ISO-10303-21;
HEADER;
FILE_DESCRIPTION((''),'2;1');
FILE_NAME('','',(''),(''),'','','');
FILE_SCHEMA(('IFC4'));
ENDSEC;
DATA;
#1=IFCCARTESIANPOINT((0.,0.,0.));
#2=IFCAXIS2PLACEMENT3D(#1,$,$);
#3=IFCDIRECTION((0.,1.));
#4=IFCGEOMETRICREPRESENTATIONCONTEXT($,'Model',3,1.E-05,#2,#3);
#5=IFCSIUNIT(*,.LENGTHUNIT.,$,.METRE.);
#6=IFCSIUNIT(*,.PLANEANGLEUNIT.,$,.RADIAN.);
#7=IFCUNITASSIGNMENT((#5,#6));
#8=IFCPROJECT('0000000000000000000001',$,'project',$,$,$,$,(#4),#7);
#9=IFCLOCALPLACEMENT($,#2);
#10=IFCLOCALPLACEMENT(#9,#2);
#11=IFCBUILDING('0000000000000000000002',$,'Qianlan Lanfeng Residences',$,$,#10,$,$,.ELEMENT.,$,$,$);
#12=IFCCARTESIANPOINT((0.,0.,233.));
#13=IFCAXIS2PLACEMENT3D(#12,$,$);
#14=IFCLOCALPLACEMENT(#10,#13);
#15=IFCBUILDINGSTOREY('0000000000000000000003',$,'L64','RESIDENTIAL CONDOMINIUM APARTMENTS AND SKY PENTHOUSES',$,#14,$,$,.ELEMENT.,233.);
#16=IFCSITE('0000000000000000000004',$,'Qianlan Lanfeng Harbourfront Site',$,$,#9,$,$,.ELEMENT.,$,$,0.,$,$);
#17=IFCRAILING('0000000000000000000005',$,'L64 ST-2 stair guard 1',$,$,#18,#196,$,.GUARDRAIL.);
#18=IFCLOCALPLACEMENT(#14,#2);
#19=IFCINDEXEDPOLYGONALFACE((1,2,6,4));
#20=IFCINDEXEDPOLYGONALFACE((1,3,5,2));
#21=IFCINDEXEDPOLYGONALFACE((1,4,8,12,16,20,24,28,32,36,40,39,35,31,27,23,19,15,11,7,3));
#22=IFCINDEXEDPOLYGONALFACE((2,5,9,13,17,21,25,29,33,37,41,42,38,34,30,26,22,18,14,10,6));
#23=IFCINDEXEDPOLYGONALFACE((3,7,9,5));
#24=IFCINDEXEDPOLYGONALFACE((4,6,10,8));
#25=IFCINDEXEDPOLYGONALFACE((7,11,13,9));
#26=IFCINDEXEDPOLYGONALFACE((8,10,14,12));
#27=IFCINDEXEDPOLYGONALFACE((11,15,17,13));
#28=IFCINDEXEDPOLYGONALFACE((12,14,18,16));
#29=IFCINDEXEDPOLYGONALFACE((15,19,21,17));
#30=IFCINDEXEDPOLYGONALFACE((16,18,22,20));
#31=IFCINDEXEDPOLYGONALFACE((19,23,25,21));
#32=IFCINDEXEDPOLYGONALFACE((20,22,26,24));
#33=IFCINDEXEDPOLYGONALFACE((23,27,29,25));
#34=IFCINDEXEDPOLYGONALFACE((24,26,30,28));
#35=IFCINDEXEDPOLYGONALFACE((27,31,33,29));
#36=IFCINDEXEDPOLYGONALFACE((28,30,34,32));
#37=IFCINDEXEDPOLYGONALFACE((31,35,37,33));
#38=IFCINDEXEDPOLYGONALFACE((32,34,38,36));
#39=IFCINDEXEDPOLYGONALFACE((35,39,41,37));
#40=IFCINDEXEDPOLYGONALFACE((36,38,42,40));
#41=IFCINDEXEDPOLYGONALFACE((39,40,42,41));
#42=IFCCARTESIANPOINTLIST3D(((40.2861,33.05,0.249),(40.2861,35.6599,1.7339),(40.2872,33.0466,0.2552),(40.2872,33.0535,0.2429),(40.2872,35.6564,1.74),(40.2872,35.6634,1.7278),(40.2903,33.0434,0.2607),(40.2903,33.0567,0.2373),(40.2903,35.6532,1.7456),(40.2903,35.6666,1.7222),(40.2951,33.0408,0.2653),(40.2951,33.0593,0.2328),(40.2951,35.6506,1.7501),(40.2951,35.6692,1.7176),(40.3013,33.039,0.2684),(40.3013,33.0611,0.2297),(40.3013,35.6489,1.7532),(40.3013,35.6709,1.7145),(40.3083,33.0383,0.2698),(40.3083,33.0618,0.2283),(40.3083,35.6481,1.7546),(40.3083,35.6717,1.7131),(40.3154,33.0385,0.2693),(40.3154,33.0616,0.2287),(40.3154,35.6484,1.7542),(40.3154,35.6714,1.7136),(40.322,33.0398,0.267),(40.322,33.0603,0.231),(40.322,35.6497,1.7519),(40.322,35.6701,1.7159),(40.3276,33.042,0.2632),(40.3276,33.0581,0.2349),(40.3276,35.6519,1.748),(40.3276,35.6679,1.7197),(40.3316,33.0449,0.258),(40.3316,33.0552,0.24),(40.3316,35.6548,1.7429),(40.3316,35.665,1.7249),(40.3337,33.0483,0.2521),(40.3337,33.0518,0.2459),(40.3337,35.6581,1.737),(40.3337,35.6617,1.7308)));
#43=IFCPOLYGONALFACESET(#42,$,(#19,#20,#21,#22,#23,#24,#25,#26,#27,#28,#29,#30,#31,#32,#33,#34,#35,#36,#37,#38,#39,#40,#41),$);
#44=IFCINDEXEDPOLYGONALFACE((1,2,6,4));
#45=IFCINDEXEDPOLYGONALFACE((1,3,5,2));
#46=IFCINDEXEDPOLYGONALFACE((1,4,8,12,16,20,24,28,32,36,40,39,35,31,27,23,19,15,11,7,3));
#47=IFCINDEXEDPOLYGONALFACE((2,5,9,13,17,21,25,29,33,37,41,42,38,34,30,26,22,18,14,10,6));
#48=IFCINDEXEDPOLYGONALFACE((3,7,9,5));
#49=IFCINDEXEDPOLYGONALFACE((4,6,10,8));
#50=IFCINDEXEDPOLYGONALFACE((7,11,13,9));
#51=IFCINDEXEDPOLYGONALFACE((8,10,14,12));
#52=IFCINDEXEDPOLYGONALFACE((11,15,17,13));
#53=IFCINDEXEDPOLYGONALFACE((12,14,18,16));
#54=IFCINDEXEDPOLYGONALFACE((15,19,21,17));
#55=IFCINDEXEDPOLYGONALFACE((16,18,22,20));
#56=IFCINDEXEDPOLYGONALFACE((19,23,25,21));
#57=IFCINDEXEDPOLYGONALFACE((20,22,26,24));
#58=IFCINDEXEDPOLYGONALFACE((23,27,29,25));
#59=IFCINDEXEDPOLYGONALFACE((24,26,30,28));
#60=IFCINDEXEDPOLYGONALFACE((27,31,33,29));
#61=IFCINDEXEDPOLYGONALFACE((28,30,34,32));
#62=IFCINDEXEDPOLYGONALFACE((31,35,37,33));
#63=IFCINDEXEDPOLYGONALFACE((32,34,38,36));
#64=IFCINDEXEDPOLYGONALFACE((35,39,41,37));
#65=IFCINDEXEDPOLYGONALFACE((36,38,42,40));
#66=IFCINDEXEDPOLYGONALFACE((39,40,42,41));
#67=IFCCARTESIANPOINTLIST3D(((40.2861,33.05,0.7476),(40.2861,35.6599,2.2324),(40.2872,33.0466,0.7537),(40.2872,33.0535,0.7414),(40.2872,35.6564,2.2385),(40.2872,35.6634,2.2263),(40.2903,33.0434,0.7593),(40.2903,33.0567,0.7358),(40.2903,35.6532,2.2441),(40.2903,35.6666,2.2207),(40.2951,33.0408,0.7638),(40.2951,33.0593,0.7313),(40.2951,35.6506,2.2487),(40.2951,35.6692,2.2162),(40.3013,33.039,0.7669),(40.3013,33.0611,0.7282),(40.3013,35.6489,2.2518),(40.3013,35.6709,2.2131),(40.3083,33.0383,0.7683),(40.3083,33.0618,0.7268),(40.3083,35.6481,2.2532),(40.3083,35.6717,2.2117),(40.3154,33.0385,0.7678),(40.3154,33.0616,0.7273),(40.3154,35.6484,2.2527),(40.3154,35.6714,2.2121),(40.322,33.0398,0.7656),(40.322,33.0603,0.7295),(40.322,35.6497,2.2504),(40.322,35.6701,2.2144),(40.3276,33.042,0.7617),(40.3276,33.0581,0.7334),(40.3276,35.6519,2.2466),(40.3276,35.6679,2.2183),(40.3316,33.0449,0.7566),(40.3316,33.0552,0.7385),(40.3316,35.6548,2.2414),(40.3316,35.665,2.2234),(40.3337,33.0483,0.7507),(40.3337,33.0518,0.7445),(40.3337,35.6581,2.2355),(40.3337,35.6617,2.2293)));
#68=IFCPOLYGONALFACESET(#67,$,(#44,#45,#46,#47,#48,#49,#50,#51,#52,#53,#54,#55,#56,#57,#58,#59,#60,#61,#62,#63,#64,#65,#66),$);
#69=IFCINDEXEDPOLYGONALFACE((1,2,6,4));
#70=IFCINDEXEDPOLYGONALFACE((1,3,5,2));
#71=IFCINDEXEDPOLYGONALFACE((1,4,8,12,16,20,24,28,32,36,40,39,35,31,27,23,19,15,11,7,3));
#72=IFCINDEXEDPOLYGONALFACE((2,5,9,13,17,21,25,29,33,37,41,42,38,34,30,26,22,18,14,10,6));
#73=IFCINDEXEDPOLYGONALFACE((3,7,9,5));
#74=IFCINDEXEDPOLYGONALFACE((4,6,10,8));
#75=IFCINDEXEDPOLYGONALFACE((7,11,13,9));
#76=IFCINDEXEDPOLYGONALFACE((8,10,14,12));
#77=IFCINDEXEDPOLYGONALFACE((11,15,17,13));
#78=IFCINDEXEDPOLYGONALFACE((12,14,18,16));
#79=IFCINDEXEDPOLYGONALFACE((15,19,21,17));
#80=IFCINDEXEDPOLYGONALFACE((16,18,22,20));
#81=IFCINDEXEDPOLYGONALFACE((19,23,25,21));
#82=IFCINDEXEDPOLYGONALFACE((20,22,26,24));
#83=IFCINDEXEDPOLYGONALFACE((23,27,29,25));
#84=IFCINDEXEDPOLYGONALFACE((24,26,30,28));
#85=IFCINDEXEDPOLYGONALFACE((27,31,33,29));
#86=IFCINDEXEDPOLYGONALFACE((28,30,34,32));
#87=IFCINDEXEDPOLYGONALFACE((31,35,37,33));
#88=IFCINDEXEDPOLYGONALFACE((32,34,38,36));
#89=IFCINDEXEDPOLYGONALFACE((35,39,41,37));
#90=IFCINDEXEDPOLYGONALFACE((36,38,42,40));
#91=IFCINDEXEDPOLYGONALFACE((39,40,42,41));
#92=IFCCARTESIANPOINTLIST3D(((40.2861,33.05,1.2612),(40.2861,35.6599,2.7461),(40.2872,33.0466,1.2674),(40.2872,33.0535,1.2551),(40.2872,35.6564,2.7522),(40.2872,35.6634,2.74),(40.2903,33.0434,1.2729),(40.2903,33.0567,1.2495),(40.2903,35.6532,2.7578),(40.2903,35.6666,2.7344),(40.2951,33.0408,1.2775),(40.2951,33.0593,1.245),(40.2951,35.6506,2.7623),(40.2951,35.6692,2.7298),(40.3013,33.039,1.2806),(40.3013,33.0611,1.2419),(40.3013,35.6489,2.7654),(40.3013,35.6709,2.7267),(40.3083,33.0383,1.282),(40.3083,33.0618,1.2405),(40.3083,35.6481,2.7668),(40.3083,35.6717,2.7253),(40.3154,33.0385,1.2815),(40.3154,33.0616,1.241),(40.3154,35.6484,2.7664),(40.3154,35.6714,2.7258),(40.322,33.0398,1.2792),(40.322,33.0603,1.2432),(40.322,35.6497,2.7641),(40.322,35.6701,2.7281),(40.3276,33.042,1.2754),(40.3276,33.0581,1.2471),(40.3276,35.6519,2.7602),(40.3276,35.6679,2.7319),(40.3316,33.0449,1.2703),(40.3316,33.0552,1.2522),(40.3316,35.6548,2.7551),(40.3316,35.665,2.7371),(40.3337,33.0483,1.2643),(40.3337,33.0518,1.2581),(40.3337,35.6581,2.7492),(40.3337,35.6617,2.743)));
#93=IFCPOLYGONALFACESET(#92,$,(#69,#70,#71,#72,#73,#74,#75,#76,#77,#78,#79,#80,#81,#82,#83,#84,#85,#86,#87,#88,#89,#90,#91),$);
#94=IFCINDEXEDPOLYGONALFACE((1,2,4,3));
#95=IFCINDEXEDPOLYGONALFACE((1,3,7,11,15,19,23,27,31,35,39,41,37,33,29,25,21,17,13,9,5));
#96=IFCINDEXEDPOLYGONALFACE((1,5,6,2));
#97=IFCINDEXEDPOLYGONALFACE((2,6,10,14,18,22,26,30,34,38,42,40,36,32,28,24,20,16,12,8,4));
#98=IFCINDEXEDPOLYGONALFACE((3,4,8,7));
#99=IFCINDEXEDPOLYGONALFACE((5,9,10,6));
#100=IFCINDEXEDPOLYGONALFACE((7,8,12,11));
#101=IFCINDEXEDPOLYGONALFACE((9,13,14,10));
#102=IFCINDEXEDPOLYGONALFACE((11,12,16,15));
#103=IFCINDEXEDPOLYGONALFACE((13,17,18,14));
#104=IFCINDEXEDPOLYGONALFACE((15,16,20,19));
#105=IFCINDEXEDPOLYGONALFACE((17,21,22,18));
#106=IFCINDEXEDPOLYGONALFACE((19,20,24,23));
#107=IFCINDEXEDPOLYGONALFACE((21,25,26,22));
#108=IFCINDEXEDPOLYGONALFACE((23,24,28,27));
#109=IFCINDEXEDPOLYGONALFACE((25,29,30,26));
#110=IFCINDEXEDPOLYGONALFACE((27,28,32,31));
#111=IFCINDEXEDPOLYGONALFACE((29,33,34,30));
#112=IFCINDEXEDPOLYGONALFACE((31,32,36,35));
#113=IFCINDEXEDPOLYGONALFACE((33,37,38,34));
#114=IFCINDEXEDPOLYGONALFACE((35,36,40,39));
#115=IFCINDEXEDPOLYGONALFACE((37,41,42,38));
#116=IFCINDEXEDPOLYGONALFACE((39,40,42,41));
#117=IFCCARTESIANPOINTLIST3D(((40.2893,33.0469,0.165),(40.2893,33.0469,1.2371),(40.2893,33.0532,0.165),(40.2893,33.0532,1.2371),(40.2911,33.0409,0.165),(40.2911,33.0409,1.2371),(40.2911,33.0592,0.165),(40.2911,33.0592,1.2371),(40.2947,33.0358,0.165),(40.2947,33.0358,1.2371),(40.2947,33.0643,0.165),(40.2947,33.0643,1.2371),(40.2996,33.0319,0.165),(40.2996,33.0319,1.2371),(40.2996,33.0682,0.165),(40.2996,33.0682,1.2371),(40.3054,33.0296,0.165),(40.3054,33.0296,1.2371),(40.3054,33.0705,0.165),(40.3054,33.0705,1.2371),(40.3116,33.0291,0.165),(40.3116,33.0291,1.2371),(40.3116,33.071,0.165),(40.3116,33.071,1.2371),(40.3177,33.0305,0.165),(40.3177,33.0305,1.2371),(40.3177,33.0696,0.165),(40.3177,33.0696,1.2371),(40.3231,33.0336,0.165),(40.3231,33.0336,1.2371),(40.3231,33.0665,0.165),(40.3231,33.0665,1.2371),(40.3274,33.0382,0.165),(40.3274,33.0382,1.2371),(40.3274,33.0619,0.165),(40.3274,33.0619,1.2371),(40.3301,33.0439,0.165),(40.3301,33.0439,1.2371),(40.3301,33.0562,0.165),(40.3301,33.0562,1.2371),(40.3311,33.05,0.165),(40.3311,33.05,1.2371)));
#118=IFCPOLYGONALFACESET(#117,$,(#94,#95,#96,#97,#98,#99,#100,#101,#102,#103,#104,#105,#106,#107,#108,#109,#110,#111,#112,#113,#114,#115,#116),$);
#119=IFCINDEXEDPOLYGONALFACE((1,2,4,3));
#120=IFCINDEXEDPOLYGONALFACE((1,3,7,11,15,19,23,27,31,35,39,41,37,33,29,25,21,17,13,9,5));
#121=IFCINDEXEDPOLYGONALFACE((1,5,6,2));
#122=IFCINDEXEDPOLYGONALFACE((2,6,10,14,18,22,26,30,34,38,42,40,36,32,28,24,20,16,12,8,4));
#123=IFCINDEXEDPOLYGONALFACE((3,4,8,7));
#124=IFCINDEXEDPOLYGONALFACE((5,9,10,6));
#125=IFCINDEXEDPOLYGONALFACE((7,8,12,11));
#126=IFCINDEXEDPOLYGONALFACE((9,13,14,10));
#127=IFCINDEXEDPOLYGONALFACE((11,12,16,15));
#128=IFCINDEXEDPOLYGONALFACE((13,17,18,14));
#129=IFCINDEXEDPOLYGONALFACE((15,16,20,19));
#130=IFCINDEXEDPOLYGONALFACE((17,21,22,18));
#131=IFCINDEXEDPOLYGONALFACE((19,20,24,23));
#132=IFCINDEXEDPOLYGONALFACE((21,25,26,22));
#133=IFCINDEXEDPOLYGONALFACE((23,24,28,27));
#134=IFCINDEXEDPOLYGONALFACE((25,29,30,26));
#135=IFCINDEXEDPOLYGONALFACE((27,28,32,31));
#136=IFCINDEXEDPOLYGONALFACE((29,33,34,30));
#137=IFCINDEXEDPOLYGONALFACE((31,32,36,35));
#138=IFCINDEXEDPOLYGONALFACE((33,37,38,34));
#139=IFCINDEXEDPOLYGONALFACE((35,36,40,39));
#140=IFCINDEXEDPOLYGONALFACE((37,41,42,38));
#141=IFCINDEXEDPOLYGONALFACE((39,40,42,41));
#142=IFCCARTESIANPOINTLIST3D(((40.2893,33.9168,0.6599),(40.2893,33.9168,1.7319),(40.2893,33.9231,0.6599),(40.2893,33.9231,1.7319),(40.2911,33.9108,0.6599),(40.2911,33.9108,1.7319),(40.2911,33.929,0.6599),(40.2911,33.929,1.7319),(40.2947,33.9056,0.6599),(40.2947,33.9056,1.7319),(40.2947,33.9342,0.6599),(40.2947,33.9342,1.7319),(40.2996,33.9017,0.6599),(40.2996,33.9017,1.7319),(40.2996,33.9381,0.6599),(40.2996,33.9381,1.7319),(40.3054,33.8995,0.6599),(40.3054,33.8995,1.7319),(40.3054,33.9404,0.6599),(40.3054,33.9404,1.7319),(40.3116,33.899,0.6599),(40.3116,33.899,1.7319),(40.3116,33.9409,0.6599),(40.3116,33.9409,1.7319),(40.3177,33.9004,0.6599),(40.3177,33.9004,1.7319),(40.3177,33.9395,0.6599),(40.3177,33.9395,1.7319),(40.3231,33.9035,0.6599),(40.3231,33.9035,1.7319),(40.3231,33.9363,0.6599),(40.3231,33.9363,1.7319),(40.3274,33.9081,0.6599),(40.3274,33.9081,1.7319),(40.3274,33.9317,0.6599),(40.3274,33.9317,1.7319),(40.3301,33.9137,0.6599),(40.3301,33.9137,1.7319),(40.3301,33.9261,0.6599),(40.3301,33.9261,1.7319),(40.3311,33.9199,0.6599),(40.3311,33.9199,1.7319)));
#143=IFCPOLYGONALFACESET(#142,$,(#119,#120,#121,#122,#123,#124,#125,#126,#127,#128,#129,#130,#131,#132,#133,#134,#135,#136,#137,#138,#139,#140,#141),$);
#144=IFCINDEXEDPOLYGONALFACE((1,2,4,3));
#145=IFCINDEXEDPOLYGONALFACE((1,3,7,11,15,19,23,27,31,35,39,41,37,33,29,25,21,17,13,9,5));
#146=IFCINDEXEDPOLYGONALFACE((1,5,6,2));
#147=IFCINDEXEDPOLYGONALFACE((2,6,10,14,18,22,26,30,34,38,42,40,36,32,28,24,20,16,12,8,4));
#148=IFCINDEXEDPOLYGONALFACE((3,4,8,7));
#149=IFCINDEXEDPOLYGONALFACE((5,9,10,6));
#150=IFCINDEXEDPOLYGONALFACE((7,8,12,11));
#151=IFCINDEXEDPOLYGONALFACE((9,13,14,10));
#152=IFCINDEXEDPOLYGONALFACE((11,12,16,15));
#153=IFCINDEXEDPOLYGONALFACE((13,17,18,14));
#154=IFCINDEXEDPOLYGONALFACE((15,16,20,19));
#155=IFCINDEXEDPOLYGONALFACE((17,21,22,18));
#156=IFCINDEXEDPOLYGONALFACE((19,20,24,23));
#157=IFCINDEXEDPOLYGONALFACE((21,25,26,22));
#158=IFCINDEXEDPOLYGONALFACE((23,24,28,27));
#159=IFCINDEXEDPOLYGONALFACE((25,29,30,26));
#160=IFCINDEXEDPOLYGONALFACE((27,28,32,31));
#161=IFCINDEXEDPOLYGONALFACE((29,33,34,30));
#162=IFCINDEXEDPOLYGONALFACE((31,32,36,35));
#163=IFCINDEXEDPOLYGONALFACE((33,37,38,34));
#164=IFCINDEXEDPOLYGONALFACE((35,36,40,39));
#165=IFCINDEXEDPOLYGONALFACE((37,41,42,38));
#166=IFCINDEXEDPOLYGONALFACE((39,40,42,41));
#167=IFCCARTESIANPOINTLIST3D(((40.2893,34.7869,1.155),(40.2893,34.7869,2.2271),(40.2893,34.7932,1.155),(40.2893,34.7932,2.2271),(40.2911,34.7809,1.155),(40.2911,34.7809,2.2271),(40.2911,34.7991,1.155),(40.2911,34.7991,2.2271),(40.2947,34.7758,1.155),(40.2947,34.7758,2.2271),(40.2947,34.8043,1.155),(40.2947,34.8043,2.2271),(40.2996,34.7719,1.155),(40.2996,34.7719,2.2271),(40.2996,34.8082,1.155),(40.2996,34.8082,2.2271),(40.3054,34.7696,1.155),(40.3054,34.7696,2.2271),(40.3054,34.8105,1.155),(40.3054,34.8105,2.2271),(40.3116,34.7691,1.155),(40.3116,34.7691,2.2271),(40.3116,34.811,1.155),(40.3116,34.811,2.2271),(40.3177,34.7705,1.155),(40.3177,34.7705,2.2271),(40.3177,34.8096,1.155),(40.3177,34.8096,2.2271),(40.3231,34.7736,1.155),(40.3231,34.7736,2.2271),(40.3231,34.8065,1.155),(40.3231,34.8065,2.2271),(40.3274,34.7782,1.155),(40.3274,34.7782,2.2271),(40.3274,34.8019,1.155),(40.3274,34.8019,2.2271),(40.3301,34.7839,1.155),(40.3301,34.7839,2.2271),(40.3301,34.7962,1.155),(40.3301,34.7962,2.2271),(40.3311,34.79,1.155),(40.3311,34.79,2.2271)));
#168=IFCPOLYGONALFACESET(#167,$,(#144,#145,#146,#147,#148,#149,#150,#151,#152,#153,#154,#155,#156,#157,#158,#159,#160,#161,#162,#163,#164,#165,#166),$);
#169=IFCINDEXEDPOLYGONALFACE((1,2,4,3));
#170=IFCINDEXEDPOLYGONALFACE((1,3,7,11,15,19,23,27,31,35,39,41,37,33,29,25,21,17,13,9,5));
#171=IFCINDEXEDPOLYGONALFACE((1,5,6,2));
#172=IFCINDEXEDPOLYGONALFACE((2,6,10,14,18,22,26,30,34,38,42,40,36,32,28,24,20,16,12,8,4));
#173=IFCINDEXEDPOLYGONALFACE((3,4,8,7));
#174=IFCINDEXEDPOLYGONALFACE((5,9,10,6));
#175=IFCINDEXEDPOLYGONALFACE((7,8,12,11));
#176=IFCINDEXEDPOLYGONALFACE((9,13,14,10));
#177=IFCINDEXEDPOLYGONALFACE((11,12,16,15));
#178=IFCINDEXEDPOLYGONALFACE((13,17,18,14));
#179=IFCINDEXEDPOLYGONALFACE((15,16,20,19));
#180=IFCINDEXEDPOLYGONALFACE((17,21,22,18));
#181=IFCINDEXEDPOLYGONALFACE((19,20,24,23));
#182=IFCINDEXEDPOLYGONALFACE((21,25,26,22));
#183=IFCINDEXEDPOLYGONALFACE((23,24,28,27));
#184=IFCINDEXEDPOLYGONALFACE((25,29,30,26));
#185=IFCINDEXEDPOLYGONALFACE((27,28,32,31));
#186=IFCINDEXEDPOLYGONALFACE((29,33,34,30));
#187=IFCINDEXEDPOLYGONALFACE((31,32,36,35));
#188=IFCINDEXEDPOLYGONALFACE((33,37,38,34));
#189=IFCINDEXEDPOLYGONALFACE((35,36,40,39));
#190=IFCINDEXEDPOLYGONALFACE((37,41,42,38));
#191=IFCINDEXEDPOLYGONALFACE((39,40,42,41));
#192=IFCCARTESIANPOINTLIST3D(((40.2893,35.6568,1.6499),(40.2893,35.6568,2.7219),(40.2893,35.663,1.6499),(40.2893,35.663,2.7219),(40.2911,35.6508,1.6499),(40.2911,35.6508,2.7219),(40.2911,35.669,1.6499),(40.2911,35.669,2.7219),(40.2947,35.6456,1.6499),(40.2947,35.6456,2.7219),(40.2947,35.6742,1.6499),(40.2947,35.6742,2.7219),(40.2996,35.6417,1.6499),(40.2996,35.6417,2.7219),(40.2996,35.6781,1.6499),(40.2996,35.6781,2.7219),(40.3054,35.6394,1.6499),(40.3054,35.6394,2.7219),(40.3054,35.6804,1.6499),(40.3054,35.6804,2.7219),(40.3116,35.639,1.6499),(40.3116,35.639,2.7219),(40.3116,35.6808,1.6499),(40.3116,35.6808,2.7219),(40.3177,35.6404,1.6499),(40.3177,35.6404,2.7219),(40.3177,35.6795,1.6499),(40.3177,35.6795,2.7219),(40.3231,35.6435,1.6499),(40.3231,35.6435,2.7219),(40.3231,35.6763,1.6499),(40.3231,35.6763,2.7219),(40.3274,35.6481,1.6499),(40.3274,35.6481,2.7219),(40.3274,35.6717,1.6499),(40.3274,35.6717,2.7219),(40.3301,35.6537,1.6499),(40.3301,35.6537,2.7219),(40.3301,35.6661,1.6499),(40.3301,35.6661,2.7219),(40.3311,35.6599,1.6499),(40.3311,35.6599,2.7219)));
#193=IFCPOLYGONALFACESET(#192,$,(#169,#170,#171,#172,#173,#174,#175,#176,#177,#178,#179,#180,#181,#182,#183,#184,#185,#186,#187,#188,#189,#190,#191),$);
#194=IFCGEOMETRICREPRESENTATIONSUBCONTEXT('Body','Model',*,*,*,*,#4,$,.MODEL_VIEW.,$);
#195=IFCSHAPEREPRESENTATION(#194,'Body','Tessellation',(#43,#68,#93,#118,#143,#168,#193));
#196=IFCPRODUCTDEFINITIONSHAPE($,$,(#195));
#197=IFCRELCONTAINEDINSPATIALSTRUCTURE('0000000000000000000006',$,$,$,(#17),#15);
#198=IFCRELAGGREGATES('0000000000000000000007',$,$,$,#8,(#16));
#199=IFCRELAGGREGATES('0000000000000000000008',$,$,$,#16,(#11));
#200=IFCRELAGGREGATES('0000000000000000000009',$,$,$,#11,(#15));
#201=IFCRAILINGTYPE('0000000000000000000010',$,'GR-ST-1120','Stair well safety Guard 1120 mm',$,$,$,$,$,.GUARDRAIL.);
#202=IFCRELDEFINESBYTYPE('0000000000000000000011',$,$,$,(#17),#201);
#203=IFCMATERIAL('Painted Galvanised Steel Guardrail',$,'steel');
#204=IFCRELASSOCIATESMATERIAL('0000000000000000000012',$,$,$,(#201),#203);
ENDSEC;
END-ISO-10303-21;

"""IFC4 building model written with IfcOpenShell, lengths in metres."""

from ifc_helpers import new_model, si_unit, direction, frame, origin, origin_2d, place, context, subcontext, project, spatial, circle, extrude, material, type_object, element, save


model = new_model("IFC4")

# Units and contexts
model_context = context("Model", 3, precision=1e-05, world=origin(), true_north=direction((0.0, 1.0)))
body_context = subcontext(model_context, "Body", "Model", "MODEL_VIEW")
ifc_project = project(units=[si_unit("LENGTHUNIT", "METRE"), si_unit("PLANEANGLEUNIT", "RADIAN")], contexts=[model_context])

# Site, building, storey
site_placement = place(None, origin())
site = spatial("IfcSite", under=ifc_project, at=site_placement, Name="Qianlan Lanfeng Harbourfront Site", CompositionType="ELEMENT", RefElevation=0.0)
building_placement = place(site_placement, origin())
building = spatial("IfcBuilding", under=site, at=building_placement, Name="Qianlan Lanfeng Residences", CompositionType="ELEMENT")
storey_placement = place(building_placement, frame((0.0, 0.0, 233.0)))
storey = spatial("IfcBuildingStorey", under=building, at=storey_placement, Name="L64", Description="RESIDENTIAL CONDOMINIUM APARTMENTS AND SKY PENTHOUSES", CompositionType="ELEMENT", Elevation=233.0)

# Railing
ifc_material_1 = material(Name="Painted Galvanised Steel Guardrail", Category="steel")
railing_type_1 = type_object("IfcRailingType", Name="GR-ST-1120", Description="Stair well safety Guard 1120 mm", PredefinedType="GUARDRAIL", material=ifc_material_1)
railing_1_placement = place(storey_placement, frame((40.3101, 33.05, 0.165)))
element("IfcRailing", 1, at=railing_1_placement, inside=storey, type_object=railing_type_1, Name="L64 ST-2 stair guard 1", PredefinedType="GUARDRAIL", context=body_context, shape_type="SweptSolid", body=[
    extrude(circle(Radius=0.0239, at=origin_2d()), frame((0.0, 0.0, 0.084), z_axis=(0.0, 0.869172, 0.494509), x_axis=(-1.0, 0.0, 0.0)), (0.0, 0.0, 1.0), 3.0027),
    extrude(circle(Radius=0.0239, at=origin_2d()), frame((0.0, 0.0, 0.5825), z_axis=(0.0, 0.869172, 0.494509), x_axis=(-1.0, 0.0, 0.0)), (0.0, 0.0, 1.0), 3.0027),
    extrude(circle(Radius=0.0239, at=origin_2d()), frame((0.0, 0.0, 1.0962), z_axis=(0.0, 0.869172, 0.494509), x_axis=(-1.0, 0.0, 0.0)), (0.0, 0.0, 1.0), 3.0027),
    extrude(circle(Radius=0.021, at=origin_2d()), origin(), (0.0, 0.0, 1.0), 1.072),
    extrude(circle(Radius=0.021, at=origin_2d()), frame((0.0, 0.8699, 0.4949)), (0.0, 0.0, 1.0), 1.072),
    extrude(circle(Radius=0.021, at=origin_2d()), frame((0.0, 1.74, 0.99)), (0.0, 0.0, 1.0), 1.072),
    extrude(circle(Radius=0.021, at=origin_2d()), frame((0.0, 2.6099, 1.4849)), (0.0, 0.0, 1.0), 1.072),
])

save(model, "model.ifc")
